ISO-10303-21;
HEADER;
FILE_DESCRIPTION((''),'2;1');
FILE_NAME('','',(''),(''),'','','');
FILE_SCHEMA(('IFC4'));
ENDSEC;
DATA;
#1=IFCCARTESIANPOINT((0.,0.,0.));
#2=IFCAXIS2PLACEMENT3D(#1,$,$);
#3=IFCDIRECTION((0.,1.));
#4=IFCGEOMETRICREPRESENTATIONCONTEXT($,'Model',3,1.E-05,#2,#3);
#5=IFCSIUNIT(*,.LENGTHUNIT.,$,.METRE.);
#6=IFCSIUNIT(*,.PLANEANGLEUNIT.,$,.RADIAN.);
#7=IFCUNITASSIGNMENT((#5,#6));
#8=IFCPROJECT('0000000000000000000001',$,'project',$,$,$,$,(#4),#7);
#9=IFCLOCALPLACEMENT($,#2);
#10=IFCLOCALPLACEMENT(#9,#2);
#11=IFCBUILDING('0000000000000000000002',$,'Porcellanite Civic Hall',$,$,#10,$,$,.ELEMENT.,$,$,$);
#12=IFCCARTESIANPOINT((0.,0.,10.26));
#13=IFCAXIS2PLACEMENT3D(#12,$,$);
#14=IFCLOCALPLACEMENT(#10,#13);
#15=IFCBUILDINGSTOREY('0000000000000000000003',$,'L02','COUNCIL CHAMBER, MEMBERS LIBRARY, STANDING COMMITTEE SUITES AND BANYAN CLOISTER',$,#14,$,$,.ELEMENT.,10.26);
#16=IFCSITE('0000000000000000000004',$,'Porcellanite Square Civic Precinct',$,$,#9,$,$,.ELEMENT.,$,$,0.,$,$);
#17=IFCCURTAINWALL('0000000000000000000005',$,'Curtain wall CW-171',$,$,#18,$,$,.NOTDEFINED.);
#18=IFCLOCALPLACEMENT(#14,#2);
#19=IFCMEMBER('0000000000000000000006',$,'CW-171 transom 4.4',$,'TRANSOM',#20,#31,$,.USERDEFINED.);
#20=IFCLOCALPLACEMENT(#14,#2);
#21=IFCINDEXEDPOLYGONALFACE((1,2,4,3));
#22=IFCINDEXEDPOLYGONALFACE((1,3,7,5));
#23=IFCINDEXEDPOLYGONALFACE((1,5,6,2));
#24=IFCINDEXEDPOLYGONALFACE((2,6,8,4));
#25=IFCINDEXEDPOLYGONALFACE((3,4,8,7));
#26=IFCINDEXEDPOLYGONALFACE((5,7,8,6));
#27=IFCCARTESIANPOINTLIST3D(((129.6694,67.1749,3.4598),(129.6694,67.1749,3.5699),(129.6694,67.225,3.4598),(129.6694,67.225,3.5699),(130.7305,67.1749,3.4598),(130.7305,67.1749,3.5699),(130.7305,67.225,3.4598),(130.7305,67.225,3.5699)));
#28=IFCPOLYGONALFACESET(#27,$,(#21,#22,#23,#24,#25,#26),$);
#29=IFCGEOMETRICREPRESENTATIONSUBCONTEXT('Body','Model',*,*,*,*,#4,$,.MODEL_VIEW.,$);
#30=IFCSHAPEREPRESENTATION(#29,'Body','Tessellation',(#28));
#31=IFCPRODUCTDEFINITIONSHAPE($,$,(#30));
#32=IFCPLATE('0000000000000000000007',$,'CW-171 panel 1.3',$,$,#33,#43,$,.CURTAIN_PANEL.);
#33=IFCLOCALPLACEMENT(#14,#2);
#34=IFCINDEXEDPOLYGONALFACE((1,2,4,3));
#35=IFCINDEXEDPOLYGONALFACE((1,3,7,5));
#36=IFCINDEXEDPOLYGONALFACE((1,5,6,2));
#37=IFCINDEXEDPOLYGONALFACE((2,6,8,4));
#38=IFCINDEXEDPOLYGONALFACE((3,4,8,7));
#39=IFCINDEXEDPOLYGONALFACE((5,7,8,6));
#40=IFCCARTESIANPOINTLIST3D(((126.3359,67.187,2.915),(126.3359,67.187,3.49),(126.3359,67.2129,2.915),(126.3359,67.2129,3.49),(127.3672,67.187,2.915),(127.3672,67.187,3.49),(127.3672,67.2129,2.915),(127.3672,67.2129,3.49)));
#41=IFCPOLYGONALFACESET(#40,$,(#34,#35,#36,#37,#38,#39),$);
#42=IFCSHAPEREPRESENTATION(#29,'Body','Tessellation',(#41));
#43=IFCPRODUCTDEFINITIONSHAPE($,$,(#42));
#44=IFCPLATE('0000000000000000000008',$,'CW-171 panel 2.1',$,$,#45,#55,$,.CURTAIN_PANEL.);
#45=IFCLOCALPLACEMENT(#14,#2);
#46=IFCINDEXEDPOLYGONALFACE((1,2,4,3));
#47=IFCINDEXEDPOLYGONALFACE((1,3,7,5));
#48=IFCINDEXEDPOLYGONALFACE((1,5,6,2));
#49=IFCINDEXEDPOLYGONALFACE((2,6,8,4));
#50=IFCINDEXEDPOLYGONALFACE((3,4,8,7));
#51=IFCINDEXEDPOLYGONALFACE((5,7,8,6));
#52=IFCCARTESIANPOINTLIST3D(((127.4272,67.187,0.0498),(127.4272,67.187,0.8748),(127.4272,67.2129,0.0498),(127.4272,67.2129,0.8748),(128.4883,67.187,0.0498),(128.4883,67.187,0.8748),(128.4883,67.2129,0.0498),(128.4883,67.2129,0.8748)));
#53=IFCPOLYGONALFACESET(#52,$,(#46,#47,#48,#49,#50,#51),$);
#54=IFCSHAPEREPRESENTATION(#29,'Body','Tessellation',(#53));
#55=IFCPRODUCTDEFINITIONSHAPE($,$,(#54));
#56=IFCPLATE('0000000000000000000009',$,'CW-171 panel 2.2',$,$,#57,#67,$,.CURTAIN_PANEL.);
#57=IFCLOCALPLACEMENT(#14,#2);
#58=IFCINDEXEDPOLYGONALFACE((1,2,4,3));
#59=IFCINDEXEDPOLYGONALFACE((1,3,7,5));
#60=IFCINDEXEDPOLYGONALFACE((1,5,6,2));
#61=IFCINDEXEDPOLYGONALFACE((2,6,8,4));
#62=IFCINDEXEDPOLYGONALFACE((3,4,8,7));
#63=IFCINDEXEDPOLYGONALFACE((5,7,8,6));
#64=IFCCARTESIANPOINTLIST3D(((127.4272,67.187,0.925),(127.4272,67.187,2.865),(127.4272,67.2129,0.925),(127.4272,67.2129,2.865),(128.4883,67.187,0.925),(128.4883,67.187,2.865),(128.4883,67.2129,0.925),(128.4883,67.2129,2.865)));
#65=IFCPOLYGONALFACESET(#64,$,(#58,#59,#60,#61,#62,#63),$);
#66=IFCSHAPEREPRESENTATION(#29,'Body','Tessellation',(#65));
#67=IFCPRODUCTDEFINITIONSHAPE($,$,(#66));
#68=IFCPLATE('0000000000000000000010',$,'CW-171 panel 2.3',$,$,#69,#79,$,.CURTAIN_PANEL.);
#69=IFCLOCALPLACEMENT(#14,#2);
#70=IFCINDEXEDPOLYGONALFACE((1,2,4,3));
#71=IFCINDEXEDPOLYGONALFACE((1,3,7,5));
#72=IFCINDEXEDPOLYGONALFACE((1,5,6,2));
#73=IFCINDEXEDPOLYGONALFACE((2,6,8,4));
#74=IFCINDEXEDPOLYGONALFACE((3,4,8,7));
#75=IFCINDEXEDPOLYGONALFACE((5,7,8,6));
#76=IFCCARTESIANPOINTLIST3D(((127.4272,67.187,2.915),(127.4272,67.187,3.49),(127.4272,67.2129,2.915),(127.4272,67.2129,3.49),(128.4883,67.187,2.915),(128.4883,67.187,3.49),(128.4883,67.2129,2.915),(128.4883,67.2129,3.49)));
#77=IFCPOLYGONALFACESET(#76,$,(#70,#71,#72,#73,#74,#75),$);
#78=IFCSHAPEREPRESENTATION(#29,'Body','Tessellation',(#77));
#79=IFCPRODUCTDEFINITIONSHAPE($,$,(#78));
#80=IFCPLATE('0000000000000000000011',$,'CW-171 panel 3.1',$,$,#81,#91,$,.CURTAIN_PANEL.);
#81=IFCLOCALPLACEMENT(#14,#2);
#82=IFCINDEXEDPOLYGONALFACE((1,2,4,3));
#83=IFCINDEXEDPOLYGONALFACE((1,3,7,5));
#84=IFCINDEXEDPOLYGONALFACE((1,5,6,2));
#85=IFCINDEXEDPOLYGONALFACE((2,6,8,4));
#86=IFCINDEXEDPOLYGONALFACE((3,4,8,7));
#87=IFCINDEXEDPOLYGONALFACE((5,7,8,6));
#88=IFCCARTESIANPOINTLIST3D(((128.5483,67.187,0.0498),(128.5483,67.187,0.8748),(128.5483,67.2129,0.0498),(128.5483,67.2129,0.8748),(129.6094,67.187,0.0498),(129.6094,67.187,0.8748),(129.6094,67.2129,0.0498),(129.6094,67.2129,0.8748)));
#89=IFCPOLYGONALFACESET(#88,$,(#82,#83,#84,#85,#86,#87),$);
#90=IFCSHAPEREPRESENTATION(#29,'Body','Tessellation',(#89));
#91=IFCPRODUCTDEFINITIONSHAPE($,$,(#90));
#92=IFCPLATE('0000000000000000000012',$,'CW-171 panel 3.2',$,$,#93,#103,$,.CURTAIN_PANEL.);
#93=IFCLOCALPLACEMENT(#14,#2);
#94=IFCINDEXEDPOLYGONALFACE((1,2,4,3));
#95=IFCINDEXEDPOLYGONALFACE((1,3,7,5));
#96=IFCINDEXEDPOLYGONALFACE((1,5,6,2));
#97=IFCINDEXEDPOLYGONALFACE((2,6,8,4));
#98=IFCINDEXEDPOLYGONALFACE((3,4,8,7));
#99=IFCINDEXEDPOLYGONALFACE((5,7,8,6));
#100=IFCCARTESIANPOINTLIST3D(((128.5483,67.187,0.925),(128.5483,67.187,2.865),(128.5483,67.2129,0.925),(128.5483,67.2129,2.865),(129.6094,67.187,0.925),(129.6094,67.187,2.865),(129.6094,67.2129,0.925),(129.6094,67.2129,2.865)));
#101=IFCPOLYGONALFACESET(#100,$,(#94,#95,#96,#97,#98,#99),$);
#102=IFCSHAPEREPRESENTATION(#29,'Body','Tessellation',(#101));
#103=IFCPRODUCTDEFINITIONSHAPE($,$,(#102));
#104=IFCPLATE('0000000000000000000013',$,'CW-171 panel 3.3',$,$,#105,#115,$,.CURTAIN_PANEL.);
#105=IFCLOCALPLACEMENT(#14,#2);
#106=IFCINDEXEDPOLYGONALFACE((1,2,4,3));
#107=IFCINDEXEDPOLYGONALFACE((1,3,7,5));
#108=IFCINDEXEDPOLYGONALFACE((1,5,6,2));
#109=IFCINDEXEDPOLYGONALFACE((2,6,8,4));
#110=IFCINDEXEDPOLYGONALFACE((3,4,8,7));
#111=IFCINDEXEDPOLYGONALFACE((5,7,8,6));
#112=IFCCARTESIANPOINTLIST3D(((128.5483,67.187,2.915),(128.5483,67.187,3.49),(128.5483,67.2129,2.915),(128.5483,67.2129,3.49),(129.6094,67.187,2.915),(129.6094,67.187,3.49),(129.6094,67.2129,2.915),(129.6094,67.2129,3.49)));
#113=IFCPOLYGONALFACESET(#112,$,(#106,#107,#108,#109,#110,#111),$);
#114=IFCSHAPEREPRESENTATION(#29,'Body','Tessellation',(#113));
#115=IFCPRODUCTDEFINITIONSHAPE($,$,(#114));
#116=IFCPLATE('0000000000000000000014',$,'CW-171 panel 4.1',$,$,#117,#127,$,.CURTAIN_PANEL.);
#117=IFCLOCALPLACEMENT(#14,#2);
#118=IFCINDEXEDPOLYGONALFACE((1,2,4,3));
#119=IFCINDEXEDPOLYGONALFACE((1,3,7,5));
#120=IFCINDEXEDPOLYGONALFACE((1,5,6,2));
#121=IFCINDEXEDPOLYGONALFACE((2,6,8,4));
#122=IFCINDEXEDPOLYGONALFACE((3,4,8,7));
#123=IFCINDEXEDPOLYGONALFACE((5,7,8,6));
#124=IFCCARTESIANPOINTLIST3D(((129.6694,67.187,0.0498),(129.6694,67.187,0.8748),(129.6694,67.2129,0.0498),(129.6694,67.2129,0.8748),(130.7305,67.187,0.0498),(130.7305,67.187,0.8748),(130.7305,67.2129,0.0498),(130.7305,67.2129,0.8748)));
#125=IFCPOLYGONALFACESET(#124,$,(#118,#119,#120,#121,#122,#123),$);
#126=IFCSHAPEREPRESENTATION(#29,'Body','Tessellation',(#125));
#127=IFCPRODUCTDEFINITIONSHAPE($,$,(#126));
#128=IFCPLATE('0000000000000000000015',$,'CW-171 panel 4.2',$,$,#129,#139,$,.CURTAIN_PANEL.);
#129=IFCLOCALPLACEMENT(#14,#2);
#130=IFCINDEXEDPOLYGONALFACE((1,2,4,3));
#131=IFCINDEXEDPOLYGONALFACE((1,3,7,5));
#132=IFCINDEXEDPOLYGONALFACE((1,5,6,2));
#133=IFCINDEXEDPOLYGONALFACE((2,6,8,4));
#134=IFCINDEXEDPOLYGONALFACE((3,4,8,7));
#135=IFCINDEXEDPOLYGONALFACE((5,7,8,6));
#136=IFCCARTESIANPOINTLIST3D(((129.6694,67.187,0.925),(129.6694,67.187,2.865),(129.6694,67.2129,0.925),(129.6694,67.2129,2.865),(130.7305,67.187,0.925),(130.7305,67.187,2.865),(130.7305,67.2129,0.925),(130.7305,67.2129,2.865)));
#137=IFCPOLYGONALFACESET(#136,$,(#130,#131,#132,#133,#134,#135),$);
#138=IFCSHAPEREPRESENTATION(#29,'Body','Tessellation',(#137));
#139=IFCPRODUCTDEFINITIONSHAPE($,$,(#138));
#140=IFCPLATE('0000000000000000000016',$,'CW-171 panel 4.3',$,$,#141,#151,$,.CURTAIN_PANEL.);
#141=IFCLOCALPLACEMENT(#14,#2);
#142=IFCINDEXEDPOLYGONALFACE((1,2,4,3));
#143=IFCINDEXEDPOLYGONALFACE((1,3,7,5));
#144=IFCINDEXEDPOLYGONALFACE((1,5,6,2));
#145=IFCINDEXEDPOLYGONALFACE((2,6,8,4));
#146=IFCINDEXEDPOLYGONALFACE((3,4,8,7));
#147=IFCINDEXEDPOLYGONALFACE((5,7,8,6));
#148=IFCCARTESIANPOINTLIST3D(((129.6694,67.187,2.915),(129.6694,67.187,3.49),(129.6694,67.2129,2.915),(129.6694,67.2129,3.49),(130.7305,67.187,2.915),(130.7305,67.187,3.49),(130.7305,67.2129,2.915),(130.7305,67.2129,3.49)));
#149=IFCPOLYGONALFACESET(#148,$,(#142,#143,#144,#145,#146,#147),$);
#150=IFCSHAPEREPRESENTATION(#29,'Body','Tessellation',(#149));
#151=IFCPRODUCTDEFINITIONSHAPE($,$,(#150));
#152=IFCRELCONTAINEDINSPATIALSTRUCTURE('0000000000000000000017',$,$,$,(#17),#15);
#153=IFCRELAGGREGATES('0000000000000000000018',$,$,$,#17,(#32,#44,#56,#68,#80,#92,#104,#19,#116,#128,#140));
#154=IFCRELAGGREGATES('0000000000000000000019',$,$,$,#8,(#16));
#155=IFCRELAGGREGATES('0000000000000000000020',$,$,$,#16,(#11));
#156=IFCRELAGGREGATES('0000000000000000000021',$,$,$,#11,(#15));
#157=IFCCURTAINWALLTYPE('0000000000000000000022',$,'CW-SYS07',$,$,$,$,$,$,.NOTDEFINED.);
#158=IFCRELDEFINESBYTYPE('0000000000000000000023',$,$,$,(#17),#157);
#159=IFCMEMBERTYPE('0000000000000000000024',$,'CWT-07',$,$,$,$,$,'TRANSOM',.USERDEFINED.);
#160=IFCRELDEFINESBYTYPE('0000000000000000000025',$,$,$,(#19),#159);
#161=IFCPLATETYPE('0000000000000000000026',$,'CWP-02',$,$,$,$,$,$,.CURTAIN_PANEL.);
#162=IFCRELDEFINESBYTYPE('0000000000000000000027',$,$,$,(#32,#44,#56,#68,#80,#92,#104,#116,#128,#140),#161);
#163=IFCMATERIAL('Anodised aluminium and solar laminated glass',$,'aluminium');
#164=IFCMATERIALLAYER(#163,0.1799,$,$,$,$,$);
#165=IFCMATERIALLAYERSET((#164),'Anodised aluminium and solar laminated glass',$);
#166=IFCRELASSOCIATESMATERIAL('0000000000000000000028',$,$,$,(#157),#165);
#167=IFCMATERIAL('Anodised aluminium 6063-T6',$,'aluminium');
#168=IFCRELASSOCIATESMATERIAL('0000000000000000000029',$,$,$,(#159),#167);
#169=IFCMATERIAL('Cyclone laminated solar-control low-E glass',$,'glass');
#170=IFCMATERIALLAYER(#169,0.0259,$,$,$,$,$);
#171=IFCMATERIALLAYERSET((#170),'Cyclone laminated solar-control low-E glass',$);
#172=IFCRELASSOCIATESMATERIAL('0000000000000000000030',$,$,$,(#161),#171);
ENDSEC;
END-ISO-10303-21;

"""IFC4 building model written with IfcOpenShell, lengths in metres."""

from ifc_helpers import new_model, si_unit, direction, frame, origin, origin_2d, place, context, subcontext, project, spatial, rectangle, extrude, material, layer, layer_set, material_profile, profile_set, type_object, element, aggregate, save


model = new_model("IFC4")

# Units and contexts
model_context = context("Model", 3, precision=1e-05, world=origin(), true_north=direction((0.0, 1.0)))
body_context = subcontext(model_context, "Body", "Model", "MODEL_VIEW")
ifc_project = project(units=[si_unit("LENGTHUNIT", "METRE"), si_unit("PLANEANGLEUNIT", "RADIAN")], contexts=[model_context])

# Site, building, storey
site_placement = place(None, origin())
site = spatial("IfcSite", under=ifc_project, at=site_placement, Name="Porcellanite Square Civic Precinct", CompositionType="ELEMENT", RefElevation=0.0)
building_placement = place(site_placement, origin())
building = spatial("IfcBuilding", under=site, at=building_placement, Name="Porcellanite Civic Hall", CompositionType="ELEMENT")
storey_placement = place(building_placement, frame((0.0, 0.0, 10.26)))
storey = spatial("IfcBuildingStorey", under=building, at=storey_placement, Name="L02", Description="COUNCIL CHAMBER, MEMBERS LIBRARY, STANDING COMMITTEE SUITES AND BANYAN CLOISTER", CompositionType="ELEMENT", Elevation=10.26)

# Curtain wall, member, plates
ifc_material_1 = material(Name="Anodised aluminium and solar laminated glass", Category="aluminium")
ifc_layer_1 = layer(ifc_material_1, 0.1799)
ifc_layer_set_1 = layer_set([ifc_layer_1], Name="Anodised aluminium and solar laminated glass")
curtain_wall_type = type_object("IfcCurtainWallType", Name="CW-SYS07", PredefinedType="NOTDEFINED", material=ifc_layer_set_1)
curtain_wall_placement = place(storey_placement, origin())
curtain_wall = element("IfcCurtainWall", 1, at=curtain_wall_placement, inside=storey, type_object=curtain_wall_type, Name="Curtain wall CW-171", PredefinedType="NOTDEFINED")
ifc_material_2 = material(Name="Anodised aluminium 6063-T6", Category="aluminium")
ifc_material_profile_1 = material_profile(ifc_material_2, rectangle(XDim=0.05, YDim=0.1101, at=origin_2d()), Name="AL-50x110")
ifc_profile_set_1 = profile_set([ifc_material_profile_1], Name="Anodised aluminium 6063-T6")
member_type_1 = type_object("IfcMemberType", Name="CWT-07", ElementType="TRANSOM", PredefinedType="USERDEFINED", material=ifc_profile_set_1)
member_1_placement = place(storey_placement, frame((129.6694, 67.2, 3.5149), z_axis=(1.0, 0.0, 0.0), x_axis=(0.0, 1.0, 0.0)))
member_1 = element("IfcMember", 2, at=member_1_placement, type_object=member_type_1, Name="CW-171 transom 4.4", ObjectType="TRANSOM", PredefinedType="USERDEFINED", context=body_context, shape_type="SweptSolid", body=[
    extrude(rectangle(XDim=0.05, YDim=0.1101, at=origin_2d()), origin(), (0.0, 0.0, 1.0), 1.061),
])
ifc_material_3 = material(Name="Cyclone laminated solar-control low-E glass", Category="glass")
ifc_layer_2 = layer(ifc_material_3, 0.0259)
ifc_layer_set_2 = layer_set([ifc_layer_2], Name="Cyclone laminated solar-control low-E glass")
plate_type = type_object("IfcPlateType", Name="CWP-02", PredefinedType="CURTAIN_PANEL", material=ifc_layer_set_2)
plate_1_placement = place(storey_placement, frame((126.8516, 67.2, 2.915), z_axis=(0.0, 0.0, 1.0), x_axis=(1.0, 0.0, 0.0)))
plate_1 = element("IfcPlate", 3, at=plate_1_placement, type_object=plate_type, Name="CW-171 panel 1.3", PredefinedType="CURTAIN_PANEL", context=body_context, shape_type="SweptSolid", body=[
    extrude(rectangle(XDim=1.0312, YDim=0.0259, at=origin_2d()), origin(), (0.0, 0.0, 1.0), 0.575),
])
plate_2_placement = place(storey_placement, frame((127.9578, 67.2, 0.0498), z_axis=(0.0, 0.0, 1.0), x_axis=(1.0, 0.0, 0.0)))
plate_2 = element("IfcPlate", 4, at=plate_2_placement, type_object=plate_type, Name="CW-171 panel 2.1", PredefinedType="CURTAIN_PANEL", context=body_context, shape_type="SweptSolid", body=[
    extrude(rectangle(XDim=1.061, YDim=0.0259, at=origin_2d()), origin(), (0.0, 0.0, 1.0), 0.825),
])
plate_3_placement = place(storey_placement, frame((127.9578, 67.2, 0.925), z_axis=(0.0, 0.0, 1.0), x_axis=(1.0, 0.0, 0.0)))
plate_3 = element("IfcPlate", 5, at=plate_3_placement, type_object=plate_type, Name="CW-171 panel 2.2", PredefinedType="CURTAIN_PANEL", context=body_context, shape_type="SweptSolid", body=[
    extrude(rectangle(XDim=1.061, YDim=0.0259, at=origin_2d()), origin(), (0.0, 0.0, 1.0), 1.9399),
])
plate_4_placement = place(storey_placement, frame((127.9578, 67.2, 2.915), z_axis=(0.0, 0.0, 1.0), x_axis=(1.0, 0.0, 0.0)))
plate_4 = element("IfcPlate", 6, at=plate_4_placement, type_object=plate_type, Name="CW-171 panel 2.3", PredefinedType="CURTAIN_PANEL", context=body_context, shape_type="SweptSolid", body=[
    extrude(rectangle(XDim=1.061, YDim=0.0259, at=origin_2d()), origin(), (0.0, 0.0, 1.0), 0.575),
])
plate_5_placement = place(storey_placement, frame((129.0789, 67.2, 0.0498), z_axis=(0.0, 0.0, 1.0), x_axis=(1.0, 0.0, 0.0)))
plate_5 = element("IfcPlate", 7, at=plate_5_placement, type_object=plate_type, Name="CW-171 panel 3.1", PredefinedType="CURTAIN_PANEL", context=body_context, shape_type="SweptSolid", body=[
    extrude(rectangle(XDim=1.061, YDim=0.0259, at=origin_2d()), origin(), (0.0, 0.0, 1.0), 0.825),
])
plate_6_placement = place(storey_placement, frame((129.0789, 67.2, 0.925), z_axis=(0.0, 0.0, 1.0), x_axis=(1.0, 0.0, 0.0)))
plate_6 = element("IfcPlate", 8, at=plate_6_placement, type_object=plate_type, Name="CW-171 panel 3.2", PredefinedType="CURTAIN_PANEL", context=body_context, shape_type="SweptSolid", body=[
    extrude(rectangle(XDim=1.061, YDim=0.0259, at=origin_2d()), origin(), (0.0, 0.0, 1.0), 1.9399),
])
plate_7_placement = place(storey_placement, frame((129.0789, 67.2, 2.915), z_axis=(0.0, 0.0, 1.0), x_axis=(1.0, 0.0, 0.0)))
plate_7 = element("IfcPlate", 9, at=plate_7_placement, type_object=plate_type, Name="CW-171 panel 3.3", PredefinedType="CURTAIN_PANEL", context=body_context, shape_type="SweptSolid", body=[
    extrude(rectangle(XDim=1.061, YDim=0.0259, at=origin_2d()), origin(), (0.0, 0.0, 1.0), 0.575),
])
plate_8_placement = place(storey_placement, frame((130.2, 67.2, 0.0498), z_axis=(0.0, 0.0, 1.0), x_axis=(1.0, 0.0, 0.0)))
plate_8 = element("IfcPlate", 10, at=plate_8_placement, type_object=plate_type, Name="CW-171 panel 4.1", PredefinedType="CURTAIN_PANEL", context=body_context, shape_type="SweptSolid", body=[
    extrude(rectangle(XDim=1.061, YDim=0.0259, at=origin_2d()), origin(), (0.0, 0.0, 1.0), 0.825),
])
plate_9_placement = place(storey_placement, frame((130.2, 67.2, 0.925), z_axis=(0.0, 0.0, 1.0), x_axis=(1.0, 0.0, 0.0)))
plate_9 = element("IfcPlate", 11, at=plate_9_placement, type_object=plate_type, Name="CW-171 panel 4.2", PredefinedType="CURTAIN_PANEL", context=body_context, shape_type="SweptSolid", body=[
    extrude(rectangle(XDim=1.061, YDim=0.0259, at=origin_2d()), origin(), (0.0, 0.0, 1.0), 1.9399),
])
plate_10_placement = place(storey_placement, frame((130.2, 67.2, 2.915), z_axis=(0.0, 0.0, 1.0), x_axis=(1.0, 0.0, 0.0)))
plate_10 = element("IfcPlate", 12, at=plate_10_placement, type_object=plate_type, Name="CW-171 panel 4.3", PredefinedType="CURTAIN_PANEL", context=body_context, shape_type="SweptSolid", body=[
    extrude(rectangle(XDim=1.061, YDim=0.0259, at=origin_2d()), origin(), (0.0, 0.0, 1.0), 0.575),
])
aggregate(curtain_wall, [plate_1, plate_2, plate_3, plate_4, plate_5, plate_6, plate_7, member_1, plate_8, plate_9, plate_10])

save(model, "model.ifc")
